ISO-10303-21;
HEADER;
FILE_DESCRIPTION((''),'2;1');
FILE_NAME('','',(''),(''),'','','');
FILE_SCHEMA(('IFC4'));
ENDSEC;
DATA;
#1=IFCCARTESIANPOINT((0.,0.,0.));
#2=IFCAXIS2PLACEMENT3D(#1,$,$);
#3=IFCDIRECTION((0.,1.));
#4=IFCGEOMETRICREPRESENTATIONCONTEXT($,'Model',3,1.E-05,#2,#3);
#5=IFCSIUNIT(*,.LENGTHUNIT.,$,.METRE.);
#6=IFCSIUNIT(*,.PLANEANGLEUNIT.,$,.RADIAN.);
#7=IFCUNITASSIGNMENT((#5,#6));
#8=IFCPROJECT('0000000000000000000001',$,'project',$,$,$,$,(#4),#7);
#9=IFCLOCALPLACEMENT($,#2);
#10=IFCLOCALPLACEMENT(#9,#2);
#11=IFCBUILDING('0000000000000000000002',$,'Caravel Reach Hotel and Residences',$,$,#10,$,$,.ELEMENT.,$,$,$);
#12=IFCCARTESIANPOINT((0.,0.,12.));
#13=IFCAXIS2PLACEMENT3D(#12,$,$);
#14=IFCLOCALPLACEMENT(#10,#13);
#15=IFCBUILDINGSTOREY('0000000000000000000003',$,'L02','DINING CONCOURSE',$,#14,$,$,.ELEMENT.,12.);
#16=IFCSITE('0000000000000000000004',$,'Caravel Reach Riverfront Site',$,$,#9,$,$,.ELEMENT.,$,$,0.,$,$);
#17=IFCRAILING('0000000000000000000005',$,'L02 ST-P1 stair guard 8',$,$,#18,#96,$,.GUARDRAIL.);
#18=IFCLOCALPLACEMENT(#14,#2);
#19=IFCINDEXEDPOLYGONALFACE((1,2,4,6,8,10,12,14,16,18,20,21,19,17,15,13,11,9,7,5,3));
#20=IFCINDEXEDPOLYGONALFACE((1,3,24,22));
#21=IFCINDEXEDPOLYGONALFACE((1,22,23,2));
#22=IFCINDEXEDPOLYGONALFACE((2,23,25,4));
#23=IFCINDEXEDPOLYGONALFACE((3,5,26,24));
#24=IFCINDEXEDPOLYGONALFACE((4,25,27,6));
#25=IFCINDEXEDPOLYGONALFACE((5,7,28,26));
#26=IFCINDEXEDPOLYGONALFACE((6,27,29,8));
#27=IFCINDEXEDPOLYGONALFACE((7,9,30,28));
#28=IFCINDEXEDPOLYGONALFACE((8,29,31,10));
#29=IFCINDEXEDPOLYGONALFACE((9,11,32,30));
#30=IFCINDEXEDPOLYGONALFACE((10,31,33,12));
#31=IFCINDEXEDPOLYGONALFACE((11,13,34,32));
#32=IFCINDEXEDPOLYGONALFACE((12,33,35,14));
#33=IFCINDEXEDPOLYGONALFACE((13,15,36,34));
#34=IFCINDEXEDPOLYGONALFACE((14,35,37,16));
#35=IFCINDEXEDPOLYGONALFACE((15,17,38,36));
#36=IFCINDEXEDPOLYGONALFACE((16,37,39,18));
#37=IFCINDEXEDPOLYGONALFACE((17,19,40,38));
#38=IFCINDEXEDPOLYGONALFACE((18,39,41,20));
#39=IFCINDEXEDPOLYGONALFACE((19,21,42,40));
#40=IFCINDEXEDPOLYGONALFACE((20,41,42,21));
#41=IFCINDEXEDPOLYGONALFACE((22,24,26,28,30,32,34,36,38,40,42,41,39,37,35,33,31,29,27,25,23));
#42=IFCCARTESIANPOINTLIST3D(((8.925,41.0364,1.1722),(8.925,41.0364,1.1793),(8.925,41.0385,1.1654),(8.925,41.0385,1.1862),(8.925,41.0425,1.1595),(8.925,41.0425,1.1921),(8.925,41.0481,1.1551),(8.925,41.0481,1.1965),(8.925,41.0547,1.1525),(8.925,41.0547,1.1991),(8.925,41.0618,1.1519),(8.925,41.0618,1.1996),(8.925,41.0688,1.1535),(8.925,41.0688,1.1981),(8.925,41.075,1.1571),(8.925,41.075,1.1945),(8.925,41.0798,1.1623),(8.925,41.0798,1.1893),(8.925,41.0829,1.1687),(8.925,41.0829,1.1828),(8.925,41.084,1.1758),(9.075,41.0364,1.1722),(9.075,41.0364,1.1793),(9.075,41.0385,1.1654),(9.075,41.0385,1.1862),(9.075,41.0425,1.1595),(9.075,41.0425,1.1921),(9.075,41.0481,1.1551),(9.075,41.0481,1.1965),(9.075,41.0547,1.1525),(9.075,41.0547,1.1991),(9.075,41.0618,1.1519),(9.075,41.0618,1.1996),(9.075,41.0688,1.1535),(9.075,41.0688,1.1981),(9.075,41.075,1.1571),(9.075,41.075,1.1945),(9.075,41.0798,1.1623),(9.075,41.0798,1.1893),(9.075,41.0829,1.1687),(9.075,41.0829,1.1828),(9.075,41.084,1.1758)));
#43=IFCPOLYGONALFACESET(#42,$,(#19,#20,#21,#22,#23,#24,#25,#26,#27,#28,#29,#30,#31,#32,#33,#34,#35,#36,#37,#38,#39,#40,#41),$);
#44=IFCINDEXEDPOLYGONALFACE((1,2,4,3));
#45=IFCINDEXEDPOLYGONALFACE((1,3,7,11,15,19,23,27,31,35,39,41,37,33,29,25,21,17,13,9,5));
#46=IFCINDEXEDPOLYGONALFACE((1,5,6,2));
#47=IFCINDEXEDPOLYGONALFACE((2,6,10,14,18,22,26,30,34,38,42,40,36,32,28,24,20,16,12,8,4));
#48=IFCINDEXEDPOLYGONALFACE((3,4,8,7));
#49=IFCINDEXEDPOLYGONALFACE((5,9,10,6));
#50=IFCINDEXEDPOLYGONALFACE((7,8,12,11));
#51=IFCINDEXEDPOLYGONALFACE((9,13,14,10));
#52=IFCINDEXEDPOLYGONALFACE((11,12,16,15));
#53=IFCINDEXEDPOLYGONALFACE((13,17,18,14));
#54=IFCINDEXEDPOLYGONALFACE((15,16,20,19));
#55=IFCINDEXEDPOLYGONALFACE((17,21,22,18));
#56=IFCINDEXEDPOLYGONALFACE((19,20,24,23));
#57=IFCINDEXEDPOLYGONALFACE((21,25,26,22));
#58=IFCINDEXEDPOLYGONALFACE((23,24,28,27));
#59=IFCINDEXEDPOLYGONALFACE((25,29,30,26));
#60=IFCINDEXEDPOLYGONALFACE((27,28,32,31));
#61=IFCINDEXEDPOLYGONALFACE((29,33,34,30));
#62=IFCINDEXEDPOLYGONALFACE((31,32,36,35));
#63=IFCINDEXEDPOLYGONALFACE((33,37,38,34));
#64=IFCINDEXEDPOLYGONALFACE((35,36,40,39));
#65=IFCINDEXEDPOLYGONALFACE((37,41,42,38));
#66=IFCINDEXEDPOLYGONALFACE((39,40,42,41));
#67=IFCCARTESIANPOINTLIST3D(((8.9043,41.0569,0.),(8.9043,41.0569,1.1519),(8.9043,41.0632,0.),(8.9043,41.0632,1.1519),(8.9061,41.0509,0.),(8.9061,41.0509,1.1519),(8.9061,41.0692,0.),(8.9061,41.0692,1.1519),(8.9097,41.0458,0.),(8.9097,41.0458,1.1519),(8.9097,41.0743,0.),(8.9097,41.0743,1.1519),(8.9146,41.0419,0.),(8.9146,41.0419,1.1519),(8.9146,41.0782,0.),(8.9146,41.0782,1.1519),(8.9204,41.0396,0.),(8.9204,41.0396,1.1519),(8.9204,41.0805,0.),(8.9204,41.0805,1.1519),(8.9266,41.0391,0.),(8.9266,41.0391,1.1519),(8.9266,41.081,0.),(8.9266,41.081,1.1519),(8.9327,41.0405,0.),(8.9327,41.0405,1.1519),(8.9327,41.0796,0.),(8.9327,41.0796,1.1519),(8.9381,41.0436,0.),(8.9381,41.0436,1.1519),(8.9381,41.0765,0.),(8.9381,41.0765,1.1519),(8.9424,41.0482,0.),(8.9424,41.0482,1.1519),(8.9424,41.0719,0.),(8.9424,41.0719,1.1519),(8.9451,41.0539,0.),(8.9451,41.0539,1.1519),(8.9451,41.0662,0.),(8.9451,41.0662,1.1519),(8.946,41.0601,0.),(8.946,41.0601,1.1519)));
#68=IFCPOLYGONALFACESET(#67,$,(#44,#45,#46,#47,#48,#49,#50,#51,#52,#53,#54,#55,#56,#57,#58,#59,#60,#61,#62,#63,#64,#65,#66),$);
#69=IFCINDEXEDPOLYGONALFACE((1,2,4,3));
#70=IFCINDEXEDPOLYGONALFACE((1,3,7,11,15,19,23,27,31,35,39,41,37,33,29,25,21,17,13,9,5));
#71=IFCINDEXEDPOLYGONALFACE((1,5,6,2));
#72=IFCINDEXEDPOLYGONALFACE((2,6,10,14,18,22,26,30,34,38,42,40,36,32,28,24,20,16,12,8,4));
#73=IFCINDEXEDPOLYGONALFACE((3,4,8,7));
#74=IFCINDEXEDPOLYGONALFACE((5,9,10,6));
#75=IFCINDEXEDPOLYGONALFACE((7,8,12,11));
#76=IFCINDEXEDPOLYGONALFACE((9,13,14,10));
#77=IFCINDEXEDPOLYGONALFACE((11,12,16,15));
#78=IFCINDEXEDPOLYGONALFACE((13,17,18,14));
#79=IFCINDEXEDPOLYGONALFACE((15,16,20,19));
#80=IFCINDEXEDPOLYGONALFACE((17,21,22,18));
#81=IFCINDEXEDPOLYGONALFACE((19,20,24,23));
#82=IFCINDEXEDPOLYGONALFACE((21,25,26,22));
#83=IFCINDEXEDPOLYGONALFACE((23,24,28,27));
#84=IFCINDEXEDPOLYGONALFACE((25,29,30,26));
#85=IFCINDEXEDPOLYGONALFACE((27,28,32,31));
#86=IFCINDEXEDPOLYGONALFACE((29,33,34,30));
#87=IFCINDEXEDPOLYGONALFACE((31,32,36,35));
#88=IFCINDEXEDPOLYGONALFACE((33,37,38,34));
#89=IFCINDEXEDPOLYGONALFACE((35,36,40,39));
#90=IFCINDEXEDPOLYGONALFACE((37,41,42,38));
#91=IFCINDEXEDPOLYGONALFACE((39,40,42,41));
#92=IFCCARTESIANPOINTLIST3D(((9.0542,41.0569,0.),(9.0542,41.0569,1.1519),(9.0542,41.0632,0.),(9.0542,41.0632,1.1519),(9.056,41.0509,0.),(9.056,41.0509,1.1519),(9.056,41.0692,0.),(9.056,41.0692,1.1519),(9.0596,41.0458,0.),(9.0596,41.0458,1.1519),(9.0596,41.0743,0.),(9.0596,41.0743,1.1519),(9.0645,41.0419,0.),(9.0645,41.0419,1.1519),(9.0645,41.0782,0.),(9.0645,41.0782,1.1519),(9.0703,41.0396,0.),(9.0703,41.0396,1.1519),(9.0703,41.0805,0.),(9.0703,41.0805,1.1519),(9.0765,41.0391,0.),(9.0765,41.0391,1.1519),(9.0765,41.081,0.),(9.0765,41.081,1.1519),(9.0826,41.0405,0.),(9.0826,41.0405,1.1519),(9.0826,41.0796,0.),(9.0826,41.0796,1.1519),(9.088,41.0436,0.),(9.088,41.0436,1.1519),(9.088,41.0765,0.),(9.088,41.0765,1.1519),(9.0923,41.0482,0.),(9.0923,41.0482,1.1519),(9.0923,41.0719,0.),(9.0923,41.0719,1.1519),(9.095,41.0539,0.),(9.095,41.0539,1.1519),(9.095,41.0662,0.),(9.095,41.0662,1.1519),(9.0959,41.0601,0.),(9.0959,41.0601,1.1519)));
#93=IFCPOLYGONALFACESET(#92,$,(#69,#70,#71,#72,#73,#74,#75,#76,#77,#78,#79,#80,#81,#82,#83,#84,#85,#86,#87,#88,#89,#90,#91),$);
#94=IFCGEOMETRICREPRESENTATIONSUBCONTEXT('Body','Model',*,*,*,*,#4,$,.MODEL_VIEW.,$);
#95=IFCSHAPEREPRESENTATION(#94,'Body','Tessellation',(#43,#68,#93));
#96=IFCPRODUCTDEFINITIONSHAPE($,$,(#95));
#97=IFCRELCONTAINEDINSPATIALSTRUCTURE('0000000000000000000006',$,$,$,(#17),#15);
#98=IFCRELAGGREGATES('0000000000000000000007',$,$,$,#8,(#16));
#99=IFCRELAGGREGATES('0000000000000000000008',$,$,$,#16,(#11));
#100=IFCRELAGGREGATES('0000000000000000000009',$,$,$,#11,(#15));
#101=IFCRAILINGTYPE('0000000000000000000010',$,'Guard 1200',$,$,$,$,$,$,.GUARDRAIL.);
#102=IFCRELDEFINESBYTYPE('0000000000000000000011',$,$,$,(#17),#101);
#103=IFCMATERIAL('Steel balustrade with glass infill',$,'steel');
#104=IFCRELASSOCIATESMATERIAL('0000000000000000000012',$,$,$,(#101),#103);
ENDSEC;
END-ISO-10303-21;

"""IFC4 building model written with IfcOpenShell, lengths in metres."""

from ifc_helpers import new_model, si_unit, direction, frame, origin, origin_2d, place, context, subcontext, project, spatial, circle, extrude, material, type_object, element, save


model = new_model("IFC4")

# Units and contexts
model_context = context("Model", 3, precision=1e-05, world=origin(), true_north=direction((0.0, 1.0)))
body_context = subcontext(model_context, "Body", "Model", "MODEL_VIEW")
ifc_project = project(units=[si_unit("LENGTHUNIT", "METRE"), si_unit("PLANEANGLEUNIT", "RADIAN")], contexts=[model_context])

# Site, building, storey
site_placement = place(None, origin())
site = spatial("IfcSite", under=ifc_project, at=site_placement, Name="Caravel Reach Riverfront Site", CompositionType="ELEMENT", RefElevation=0.0)
building_placement = place(site_placement, origin())
building = spatial("IfcBuilding", under=site, at=building_placement, Name="Caravel Reach Hotel and Residences", CompositionType="ELEMENT")
storey_placement = place(building_placement, frame((0.0, 0.0, 12.0)))
storey = spatial("IfcBuildingStorey", under=building, at=storey_placement, Name="L02", Description="DINING CONCOURSE", CompositionType="ELEMENT", Elevation=12.0)

# Railing
ifc_material_1 = material(Name="Steel balustrade with glass infill", Category="steel")
railing_type = type_object("IfcRailingType", Name="Guard 1200", PredefinedType="GUARDRAIL", material=ifc_material_1)
railing_1_placement = place(storey_placement, frame((8.925, 41.0601, 0.0)))
element("IfcRailing", 1, at=railing_1_placement, inside=storey, type_object=railing_type, Name="L02 ST-P1 stair guard 8", PredefinedType="GUARDRAIL", context=body_context, shape_type="SweptSolid", body=[
    extrude(circle(Radius=0.0239, at=origin_2d()), frame((0.0, 0.0, 1.1758), z_axis=(1.0, 0.0, 0.0), x_axis=(0.0, 1.0, 0.0)), (0.0, 0.0, 1.0), 0.1499),
    extrude(circle(Radius=0.021, at=origin_2d()), origin(), (0.0, 0.0, 1.0), 1.1519),
    extrude(circle(Radius=0.021, at=origin_2d()), frame((0.1499, 0.0, 0.0)), (0.0, 0.0, 1.0), 1.1519),
])

save(model, "model.ifc")
